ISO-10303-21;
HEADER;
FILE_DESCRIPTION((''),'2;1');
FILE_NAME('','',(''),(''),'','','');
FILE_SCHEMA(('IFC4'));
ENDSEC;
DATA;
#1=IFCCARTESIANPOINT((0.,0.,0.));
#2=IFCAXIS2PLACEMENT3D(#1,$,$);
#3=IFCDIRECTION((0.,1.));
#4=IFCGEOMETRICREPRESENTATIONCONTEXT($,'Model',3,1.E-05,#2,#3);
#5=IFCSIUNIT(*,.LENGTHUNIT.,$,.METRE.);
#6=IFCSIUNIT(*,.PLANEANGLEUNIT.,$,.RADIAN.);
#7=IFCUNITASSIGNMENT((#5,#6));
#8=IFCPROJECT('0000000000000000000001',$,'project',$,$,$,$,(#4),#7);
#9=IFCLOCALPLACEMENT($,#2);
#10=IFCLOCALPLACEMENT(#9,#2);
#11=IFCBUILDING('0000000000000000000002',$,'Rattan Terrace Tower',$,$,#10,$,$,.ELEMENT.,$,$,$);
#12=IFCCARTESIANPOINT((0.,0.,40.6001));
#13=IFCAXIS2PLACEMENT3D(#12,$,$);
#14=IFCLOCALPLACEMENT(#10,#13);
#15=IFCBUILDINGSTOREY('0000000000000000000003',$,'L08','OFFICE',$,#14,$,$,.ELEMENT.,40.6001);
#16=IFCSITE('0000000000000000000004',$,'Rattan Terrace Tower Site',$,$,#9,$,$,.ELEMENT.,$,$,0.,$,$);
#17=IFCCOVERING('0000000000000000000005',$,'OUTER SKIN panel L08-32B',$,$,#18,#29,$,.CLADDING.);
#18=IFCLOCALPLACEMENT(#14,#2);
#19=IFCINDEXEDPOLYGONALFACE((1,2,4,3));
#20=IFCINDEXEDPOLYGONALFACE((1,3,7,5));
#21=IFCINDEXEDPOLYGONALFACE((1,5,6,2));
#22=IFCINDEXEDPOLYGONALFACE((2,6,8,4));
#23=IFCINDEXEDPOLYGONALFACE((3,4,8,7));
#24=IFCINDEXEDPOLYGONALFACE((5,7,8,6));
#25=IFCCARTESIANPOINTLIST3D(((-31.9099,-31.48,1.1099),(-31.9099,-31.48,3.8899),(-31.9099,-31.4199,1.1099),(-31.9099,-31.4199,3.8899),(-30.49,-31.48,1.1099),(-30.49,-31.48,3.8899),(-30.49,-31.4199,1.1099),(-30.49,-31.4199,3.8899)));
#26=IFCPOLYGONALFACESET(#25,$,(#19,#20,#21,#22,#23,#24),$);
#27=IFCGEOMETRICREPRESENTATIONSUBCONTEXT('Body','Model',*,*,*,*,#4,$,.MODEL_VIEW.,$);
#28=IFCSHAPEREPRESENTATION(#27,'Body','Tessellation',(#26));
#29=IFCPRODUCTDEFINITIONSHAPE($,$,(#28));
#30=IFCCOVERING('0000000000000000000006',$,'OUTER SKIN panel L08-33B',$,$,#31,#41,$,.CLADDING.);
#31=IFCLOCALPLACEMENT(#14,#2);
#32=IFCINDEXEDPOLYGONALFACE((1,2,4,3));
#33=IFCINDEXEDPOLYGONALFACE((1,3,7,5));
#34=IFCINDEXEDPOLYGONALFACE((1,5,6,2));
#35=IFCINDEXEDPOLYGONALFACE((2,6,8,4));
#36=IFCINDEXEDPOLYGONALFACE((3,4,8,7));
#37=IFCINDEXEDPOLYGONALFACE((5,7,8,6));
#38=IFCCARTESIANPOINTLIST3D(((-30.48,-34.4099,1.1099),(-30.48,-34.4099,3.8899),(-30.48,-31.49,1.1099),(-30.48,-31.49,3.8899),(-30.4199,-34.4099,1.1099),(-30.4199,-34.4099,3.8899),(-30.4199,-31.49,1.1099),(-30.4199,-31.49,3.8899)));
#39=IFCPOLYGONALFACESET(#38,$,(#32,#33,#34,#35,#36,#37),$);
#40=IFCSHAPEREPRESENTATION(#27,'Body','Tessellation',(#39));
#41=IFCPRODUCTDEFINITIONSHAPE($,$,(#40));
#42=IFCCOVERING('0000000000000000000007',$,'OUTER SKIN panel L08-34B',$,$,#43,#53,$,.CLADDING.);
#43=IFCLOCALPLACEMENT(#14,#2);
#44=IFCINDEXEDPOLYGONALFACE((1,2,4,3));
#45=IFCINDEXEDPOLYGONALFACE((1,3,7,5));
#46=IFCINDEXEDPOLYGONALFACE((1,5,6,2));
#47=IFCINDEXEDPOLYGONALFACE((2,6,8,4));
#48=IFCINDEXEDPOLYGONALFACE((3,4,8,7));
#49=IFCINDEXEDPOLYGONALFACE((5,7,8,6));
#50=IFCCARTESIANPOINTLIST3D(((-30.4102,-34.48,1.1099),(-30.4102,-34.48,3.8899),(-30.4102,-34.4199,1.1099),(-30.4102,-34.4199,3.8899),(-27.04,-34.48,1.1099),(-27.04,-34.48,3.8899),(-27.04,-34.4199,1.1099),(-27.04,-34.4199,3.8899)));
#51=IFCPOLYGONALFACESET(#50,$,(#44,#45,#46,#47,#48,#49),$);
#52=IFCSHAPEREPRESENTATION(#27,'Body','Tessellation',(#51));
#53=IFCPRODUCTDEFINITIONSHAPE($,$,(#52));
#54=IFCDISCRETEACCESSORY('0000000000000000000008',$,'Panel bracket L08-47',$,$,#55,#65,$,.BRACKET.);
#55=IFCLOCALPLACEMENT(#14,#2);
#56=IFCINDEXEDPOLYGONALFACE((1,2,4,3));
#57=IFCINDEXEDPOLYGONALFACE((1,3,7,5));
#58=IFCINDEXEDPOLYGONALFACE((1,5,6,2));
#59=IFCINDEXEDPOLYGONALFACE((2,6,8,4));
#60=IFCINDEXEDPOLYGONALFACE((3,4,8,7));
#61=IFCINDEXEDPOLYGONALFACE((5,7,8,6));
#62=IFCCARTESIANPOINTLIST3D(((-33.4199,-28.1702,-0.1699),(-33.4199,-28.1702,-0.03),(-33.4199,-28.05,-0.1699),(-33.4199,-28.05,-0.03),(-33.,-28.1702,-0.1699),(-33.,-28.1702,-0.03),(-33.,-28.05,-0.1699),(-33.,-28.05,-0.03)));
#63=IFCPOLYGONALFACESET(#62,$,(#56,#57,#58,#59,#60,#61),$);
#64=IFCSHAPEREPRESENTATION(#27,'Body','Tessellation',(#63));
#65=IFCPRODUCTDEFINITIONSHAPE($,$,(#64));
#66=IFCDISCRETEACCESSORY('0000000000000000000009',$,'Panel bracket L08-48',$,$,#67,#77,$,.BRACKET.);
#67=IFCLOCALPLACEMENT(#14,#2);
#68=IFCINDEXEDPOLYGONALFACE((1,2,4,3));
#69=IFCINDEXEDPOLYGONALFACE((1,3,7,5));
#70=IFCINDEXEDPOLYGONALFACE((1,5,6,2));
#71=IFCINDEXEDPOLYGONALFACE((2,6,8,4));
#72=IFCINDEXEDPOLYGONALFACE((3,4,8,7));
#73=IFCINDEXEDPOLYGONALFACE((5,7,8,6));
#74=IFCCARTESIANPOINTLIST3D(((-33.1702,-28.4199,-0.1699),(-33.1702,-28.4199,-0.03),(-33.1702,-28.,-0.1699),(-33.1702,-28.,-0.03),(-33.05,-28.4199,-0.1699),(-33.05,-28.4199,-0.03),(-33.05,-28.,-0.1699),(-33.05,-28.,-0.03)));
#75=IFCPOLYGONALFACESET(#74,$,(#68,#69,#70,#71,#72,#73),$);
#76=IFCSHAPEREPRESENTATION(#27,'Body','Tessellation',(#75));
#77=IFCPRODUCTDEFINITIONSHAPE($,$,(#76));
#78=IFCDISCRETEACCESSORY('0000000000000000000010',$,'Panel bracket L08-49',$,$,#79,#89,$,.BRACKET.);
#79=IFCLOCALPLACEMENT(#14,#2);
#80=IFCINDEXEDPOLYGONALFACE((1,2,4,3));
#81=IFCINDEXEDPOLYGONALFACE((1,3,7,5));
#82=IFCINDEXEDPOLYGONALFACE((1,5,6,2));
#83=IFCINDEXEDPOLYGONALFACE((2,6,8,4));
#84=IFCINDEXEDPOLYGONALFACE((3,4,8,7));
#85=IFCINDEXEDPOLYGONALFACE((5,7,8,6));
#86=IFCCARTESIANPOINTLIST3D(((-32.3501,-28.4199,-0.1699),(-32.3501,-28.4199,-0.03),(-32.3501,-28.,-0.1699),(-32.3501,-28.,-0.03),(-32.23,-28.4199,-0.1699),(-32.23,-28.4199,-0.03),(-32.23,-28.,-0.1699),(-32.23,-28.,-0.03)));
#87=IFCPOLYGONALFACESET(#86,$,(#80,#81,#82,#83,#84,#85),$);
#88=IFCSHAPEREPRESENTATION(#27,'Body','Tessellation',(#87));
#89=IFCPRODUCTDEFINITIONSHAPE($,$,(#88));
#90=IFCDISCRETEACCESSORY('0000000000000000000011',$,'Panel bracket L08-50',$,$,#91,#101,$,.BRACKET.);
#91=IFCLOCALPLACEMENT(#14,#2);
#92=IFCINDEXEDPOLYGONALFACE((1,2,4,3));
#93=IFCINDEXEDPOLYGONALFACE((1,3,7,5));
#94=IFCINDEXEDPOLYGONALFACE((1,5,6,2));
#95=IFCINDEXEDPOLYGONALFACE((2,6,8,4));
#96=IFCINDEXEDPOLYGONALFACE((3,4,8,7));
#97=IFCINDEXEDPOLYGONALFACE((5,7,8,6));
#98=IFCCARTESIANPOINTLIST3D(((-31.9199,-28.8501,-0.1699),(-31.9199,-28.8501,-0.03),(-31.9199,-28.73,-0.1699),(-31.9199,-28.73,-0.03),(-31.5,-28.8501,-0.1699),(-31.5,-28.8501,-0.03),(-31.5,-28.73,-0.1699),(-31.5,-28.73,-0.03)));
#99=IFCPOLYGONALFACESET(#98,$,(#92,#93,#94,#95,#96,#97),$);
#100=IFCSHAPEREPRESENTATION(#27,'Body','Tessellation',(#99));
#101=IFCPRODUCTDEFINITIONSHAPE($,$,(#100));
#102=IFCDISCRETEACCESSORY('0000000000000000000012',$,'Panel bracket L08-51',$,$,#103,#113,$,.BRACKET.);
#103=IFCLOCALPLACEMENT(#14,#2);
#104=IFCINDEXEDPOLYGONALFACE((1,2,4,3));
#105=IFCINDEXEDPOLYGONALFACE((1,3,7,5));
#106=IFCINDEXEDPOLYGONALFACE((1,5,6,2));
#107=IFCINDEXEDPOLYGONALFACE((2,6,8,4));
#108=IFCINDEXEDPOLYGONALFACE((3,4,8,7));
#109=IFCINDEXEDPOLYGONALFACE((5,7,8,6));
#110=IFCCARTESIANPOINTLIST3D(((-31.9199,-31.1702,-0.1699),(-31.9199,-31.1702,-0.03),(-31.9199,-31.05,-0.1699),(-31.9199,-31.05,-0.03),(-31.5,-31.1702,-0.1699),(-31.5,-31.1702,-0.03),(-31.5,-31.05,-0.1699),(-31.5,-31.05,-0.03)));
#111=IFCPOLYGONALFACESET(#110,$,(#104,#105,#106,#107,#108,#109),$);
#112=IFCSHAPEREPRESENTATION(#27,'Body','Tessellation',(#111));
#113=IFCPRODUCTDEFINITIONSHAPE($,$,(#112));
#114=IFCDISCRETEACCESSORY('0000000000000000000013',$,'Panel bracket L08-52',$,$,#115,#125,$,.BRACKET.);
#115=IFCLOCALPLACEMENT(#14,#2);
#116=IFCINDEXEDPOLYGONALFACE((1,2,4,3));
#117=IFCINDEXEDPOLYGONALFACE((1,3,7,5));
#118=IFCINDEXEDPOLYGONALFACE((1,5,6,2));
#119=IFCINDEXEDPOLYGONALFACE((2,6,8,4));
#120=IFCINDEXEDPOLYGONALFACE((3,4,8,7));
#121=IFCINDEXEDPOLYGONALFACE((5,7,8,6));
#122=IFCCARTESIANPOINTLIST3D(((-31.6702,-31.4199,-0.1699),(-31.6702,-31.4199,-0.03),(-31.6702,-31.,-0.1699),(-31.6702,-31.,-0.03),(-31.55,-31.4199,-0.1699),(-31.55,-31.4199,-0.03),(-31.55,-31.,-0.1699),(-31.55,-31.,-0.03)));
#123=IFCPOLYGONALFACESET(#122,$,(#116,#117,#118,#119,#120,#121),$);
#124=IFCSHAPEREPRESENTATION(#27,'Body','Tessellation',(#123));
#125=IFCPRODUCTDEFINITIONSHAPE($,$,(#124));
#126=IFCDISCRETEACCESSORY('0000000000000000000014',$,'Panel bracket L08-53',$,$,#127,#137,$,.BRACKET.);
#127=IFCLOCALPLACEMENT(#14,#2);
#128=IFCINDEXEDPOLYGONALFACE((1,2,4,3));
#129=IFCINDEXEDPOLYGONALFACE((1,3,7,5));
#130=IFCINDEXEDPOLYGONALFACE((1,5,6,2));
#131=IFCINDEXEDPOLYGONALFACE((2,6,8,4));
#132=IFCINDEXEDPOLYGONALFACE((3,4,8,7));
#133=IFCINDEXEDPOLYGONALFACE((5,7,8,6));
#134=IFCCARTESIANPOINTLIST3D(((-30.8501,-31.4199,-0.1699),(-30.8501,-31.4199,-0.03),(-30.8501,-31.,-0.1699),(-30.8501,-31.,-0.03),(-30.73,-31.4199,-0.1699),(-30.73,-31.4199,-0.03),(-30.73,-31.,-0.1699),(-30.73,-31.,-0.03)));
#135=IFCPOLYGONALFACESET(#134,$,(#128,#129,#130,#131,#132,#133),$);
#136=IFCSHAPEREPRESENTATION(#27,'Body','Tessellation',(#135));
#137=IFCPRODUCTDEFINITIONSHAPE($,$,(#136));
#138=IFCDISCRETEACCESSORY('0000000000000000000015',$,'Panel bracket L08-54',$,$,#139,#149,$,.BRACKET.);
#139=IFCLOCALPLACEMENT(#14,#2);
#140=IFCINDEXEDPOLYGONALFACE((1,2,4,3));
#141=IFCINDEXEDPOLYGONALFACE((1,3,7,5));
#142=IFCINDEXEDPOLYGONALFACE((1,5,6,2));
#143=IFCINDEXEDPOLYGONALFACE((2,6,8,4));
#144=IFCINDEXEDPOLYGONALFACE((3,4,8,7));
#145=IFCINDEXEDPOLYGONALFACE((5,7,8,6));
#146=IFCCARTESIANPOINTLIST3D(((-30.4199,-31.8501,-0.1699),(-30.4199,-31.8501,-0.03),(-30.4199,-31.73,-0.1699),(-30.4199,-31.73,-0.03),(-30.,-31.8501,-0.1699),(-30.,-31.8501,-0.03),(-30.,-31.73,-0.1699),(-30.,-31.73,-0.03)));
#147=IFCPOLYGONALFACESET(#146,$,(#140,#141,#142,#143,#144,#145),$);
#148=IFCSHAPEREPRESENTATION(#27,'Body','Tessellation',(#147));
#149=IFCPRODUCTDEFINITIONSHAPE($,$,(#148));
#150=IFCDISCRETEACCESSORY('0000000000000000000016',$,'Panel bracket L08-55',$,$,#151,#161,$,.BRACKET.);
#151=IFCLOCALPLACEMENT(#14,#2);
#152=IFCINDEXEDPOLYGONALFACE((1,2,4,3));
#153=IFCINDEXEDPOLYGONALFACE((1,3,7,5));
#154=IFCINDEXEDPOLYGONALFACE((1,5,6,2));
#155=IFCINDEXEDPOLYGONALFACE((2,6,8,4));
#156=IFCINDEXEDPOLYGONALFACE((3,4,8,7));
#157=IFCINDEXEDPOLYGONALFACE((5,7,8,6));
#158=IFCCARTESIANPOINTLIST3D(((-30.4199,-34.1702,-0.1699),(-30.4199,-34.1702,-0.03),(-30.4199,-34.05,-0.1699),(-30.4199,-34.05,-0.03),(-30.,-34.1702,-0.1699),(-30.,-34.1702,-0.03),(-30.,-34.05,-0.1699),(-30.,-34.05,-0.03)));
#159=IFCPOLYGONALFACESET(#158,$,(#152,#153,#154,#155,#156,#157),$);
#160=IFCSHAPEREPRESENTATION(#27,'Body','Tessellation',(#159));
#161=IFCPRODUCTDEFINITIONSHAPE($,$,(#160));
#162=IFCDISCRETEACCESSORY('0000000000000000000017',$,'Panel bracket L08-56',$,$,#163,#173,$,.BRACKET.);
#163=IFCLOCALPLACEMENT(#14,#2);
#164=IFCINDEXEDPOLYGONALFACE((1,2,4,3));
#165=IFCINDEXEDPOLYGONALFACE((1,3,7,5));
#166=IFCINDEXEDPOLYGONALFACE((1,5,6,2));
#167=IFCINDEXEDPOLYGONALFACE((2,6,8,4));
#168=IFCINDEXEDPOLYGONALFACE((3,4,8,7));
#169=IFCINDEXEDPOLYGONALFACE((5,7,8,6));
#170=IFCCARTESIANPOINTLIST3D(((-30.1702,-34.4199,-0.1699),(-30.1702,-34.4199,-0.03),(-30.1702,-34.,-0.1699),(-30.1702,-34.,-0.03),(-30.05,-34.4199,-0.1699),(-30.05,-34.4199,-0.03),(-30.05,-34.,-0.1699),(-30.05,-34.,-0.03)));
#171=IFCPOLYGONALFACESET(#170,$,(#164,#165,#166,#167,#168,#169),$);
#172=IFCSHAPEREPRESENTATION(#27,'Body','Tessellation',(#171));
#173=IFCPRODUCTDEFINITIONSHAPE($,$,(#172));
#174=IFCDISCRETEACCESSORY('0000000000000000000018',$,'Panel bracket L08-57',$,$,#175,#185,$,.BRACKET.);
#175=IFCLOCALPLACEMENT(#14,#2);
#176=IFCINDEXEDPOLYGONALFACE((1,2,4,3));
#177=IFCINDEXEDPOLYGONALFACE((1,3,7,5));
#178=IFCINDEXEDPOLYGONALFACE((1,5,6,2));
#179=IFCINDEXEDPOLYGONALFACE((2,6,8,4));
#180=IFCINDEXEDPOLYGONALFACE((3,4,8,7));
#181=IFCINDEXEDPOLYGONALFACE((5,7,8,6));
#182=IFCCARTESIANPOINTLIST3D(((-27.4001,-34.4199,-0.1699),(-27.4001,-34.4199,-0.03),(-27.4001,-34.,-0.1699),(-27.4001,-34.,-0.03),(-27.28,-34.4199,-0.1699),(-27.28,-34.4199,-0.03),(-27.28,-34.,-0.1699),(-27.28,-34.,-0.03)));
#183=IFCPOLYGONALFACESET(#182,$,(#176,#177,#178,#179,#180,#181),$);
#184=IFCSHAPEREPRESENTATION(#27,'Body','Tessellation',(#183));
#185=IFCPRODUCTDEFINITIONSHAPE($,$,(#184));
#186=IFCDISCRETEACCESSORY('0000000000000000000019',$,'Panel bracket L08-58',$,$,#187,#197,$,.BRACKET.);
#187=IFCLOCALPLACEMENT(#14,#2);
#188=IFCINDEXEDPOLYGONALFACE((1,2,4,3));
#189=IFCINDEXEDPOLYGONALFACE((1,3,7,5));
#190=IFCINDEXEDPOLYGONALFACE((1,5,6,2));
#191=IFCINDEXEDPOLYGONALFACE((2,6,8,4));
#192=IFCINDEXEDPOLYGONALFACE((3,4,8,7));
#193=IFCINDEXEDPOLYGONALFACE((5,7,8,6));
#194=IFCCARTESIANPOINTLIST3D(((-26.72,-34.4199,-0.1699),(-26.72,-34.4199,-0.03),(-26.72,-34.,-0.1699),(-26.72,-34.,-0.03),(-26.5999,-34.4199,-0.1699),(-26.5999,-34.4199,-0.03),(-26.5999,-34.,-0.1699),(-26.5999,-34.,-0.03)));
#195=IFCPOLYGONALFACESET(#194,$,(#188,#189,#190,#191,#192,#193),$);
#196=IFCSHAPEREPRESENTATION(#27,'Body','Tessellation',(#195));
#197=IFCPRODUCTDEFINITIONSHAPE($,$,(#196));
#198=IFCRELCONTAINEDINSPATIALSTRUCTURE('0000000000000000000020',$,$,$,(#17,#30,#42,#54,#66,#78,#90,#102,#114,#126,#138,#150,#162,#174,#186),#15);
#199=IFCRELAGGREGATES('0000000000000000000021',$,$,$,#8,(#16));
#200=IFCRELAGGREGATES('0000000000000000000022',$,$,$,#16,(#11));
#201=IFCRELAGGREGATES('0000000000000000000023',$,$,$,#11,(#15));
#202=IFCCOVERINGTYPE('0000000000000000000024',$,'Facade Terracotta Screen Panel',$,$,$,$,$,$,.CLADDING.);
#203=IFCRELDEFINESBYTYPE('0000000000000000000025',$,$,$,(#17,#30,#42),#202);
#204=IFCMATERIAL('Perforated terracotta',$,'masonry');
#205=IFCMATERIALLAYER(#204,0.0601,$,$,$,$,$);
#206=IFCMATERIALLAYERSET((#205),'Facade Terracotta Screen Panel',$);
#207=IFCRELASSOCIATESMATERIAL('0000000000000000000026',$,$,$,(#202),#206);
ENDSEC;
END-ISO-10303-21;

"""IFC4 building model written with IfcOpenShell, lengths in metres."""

from ifc_helpers import new_model, si_unit, direction, frame, origin, origin_2d, place, context, subcontext, project, spatial, rectangle, extrude, material, layer, layer_set, type_object, element, save


model = new_model("IFC4")

# Units and contexts
model_context = context("Model", 3, precision=1e-05, world=origin(), true_north=direction((0.0, 1.0)))
body_context = subcontext(model_context, "Body", "Model", "MODEL_VIEW")
ifc_project = project(units=[si_unit("LENGTHUNIT", "METRE"), si_unit("PLANEANGLEUNIT", "RADIAN")], contexts=[model_context])

# Site, building, storey
site_placement = place(None, origin())
site = spatial("IfcSite", under=ifc_project, at=site_placement, Name="Rattan Terrace Tower Site", CompositionType="ELEMENT", RefElevation=0.0)
building_placement = place(site_placement, origin())
building = spatial("IfcBuilding", under=site, at=building_placement, Name="Rattan Terrace Tower", CompositionType="ELEMENT")
storey_placement = place(building_placement, frame((0.0, 0.0, 40.6001)))
storey = spatial("IfcBuildingStorey", under=building, at=storey_placement, Name="L08", Description="OFFICE", CompositionType="ELEMENT", Elevation=40.6001)

# Coverings
ifc_material_1 = material(Name="Perforated terracotta", Category="masonry")
ifc_layer_1 = layer(ifc_material_1, 0.0601)
ifc_layer_set_1 = layer_set([ifc_layer_1], Name="Facade Terracotta Screen Panel")
covering_type_1 = type_object("IfcCoveringType", Name="Facade Terracotta Screen Panel", PredefinedType="CLADDING", material=ifc_layer_set_1)
covering_1_placement = place(storey_placement, frame((-31.2, -31.45, 1.1099), z_axis=(0.0, 0.0, 1.0), x_axis=(1.0, 0.0, 0.0)))
element("IfcCovering", 1, at=covering_1_placement, inside=storey, type_object=covering_type_1, Name="OUTER SKIN panel L08-32B", PredefinedType="CLADDING", context=body_context, shape_type="SweptSolid", body=[
    extrude(rectangle(XDim=1.4199, YDim=0.0601, at=origin_2d()), origin(), (0.0, 0.0, 1.0), 2.78),
])
covering_2_placement = place(storey_placement, frame((-30.45, -32.95, 1.1099), z_axis=(0.0, 0.0, 1.0), x_axis=(0.0, -1.0, 0.0)))
element("IfcCovering", 2, at=covering_2_placement, inside=storey, type_object=covering_type_1, Name="OUTER SKIN panel L08-33B", PredefinedType="CLADDING", context=body_context, shape_type="SweptSolid", body=[
    extrude(rectangle(XDim=2.9199, YDim=0.0601, at=origin_2d()), origin(), (0.0, 0.0, 1.0), 2.78),
])
covering_3_placement = place(storey_placement, frame((-28.7251, -34.45, 1.1099), z_axis=(0.0, 0.0, 1.0), x_axis=(1.0, 0.0, 0.0)))
element("IfcCovering", 3, at=covering_3_placement, inside=storey, type_object=covering_type_1, Name="OUTER SKIN panel L08-34B", PredefinedType="CLADDING", context=body_context, shape_type="SweptSolid", body=[
    extrude(rectangle(XDim=3.3701, YDim=0.0601, at=origin_2d()), origin(), (0.0, 0.0, 1.0), 2.78),
])

# Discrete accessories
for number, where, z_axis, x_axis, name in (
    (4, (-33.21, -28.1101, -0.1699), (0.0, 0.0, 1.0), (0.0, -1.0, 0.0), "Panel bracket L08-47"),
    (5, (-33.1101, -28.21, -0.1699), (0.0, 0.0, 1.0), (1.0, 0.0, 0.0), "Panel bracket L08-48"),
    (6, (-32.29, -28.21, -0.1699), (0.0, 0.0, 1.0), (1.0, 0.0, 0.0), "Panel bracket L08-49"),
    (7, (-31.71, -28.79, -0.1699), (0.0, 0.0, 1.0), (0.0, -1.0, 0.0), "Panel bracket L08-50"),
    (8, (-31.71, -31.1101, -0.1699), (0.0, 0.0, 1.0), (0.0, -1.0, 0.0), "Panel bracket L08-51"),
    (9, (-31.6101, -31.21, -0.1699), (0.0, 0.0, 1.0), (1.0, 0.0, 0.0), "Panel bracket L08-52"),
    (10, (-30.79, -31.21, -0.1699), (0.0, 0.0, 1.0), (1.0, 0.0, 0.0), "Panel bracket L08-53"),
    (11, (-30.21, -31.79, -0.1699), (0.0, 0.0, 1.0), (0.0, -1.0, 0.0), "Panel bracket L08-54"),
    (12, (-30.21, -34.1101, -0.1699), (0.0, 0.0, 1.0), (0.0, -1.0, 0.0), "Panel bracket L08-55"),
    (13, (-30.1101, -34.21, -0.1699), (0.0, 0.0, 1.0), (1.0, 0.0, 0.0), "Panel bracket L08-56"),
    (14, (-27.3401, -34.21, -0.1699), (0.0, 0.0, 1.0), (1.0, 0.0, 0.0), "Panel bracket L08-57"),
    (15, (-26.6599, -34.21, -0.1699), (0.0, 0.0, 1.0), (1.0, 0.0, 0.0), "Panel bracket L08-58"),
):
    element("IfcDiscreteAccessory", number, at=place(storey_placement, frame(where, z_axis=z_axis, x_axis=x_axis)), inside=storey, Name=name, PredefinedType="BRACKET", context=body_context, shape_type="SweptSolid", body=[
        extrude(rectangle(XDim=0.1201, YDim=0.4199, at=origin_2d()), origin(), (0.0, 0.0, 1.0), 0.1399),
    ])

save(model, "model.ifc")
